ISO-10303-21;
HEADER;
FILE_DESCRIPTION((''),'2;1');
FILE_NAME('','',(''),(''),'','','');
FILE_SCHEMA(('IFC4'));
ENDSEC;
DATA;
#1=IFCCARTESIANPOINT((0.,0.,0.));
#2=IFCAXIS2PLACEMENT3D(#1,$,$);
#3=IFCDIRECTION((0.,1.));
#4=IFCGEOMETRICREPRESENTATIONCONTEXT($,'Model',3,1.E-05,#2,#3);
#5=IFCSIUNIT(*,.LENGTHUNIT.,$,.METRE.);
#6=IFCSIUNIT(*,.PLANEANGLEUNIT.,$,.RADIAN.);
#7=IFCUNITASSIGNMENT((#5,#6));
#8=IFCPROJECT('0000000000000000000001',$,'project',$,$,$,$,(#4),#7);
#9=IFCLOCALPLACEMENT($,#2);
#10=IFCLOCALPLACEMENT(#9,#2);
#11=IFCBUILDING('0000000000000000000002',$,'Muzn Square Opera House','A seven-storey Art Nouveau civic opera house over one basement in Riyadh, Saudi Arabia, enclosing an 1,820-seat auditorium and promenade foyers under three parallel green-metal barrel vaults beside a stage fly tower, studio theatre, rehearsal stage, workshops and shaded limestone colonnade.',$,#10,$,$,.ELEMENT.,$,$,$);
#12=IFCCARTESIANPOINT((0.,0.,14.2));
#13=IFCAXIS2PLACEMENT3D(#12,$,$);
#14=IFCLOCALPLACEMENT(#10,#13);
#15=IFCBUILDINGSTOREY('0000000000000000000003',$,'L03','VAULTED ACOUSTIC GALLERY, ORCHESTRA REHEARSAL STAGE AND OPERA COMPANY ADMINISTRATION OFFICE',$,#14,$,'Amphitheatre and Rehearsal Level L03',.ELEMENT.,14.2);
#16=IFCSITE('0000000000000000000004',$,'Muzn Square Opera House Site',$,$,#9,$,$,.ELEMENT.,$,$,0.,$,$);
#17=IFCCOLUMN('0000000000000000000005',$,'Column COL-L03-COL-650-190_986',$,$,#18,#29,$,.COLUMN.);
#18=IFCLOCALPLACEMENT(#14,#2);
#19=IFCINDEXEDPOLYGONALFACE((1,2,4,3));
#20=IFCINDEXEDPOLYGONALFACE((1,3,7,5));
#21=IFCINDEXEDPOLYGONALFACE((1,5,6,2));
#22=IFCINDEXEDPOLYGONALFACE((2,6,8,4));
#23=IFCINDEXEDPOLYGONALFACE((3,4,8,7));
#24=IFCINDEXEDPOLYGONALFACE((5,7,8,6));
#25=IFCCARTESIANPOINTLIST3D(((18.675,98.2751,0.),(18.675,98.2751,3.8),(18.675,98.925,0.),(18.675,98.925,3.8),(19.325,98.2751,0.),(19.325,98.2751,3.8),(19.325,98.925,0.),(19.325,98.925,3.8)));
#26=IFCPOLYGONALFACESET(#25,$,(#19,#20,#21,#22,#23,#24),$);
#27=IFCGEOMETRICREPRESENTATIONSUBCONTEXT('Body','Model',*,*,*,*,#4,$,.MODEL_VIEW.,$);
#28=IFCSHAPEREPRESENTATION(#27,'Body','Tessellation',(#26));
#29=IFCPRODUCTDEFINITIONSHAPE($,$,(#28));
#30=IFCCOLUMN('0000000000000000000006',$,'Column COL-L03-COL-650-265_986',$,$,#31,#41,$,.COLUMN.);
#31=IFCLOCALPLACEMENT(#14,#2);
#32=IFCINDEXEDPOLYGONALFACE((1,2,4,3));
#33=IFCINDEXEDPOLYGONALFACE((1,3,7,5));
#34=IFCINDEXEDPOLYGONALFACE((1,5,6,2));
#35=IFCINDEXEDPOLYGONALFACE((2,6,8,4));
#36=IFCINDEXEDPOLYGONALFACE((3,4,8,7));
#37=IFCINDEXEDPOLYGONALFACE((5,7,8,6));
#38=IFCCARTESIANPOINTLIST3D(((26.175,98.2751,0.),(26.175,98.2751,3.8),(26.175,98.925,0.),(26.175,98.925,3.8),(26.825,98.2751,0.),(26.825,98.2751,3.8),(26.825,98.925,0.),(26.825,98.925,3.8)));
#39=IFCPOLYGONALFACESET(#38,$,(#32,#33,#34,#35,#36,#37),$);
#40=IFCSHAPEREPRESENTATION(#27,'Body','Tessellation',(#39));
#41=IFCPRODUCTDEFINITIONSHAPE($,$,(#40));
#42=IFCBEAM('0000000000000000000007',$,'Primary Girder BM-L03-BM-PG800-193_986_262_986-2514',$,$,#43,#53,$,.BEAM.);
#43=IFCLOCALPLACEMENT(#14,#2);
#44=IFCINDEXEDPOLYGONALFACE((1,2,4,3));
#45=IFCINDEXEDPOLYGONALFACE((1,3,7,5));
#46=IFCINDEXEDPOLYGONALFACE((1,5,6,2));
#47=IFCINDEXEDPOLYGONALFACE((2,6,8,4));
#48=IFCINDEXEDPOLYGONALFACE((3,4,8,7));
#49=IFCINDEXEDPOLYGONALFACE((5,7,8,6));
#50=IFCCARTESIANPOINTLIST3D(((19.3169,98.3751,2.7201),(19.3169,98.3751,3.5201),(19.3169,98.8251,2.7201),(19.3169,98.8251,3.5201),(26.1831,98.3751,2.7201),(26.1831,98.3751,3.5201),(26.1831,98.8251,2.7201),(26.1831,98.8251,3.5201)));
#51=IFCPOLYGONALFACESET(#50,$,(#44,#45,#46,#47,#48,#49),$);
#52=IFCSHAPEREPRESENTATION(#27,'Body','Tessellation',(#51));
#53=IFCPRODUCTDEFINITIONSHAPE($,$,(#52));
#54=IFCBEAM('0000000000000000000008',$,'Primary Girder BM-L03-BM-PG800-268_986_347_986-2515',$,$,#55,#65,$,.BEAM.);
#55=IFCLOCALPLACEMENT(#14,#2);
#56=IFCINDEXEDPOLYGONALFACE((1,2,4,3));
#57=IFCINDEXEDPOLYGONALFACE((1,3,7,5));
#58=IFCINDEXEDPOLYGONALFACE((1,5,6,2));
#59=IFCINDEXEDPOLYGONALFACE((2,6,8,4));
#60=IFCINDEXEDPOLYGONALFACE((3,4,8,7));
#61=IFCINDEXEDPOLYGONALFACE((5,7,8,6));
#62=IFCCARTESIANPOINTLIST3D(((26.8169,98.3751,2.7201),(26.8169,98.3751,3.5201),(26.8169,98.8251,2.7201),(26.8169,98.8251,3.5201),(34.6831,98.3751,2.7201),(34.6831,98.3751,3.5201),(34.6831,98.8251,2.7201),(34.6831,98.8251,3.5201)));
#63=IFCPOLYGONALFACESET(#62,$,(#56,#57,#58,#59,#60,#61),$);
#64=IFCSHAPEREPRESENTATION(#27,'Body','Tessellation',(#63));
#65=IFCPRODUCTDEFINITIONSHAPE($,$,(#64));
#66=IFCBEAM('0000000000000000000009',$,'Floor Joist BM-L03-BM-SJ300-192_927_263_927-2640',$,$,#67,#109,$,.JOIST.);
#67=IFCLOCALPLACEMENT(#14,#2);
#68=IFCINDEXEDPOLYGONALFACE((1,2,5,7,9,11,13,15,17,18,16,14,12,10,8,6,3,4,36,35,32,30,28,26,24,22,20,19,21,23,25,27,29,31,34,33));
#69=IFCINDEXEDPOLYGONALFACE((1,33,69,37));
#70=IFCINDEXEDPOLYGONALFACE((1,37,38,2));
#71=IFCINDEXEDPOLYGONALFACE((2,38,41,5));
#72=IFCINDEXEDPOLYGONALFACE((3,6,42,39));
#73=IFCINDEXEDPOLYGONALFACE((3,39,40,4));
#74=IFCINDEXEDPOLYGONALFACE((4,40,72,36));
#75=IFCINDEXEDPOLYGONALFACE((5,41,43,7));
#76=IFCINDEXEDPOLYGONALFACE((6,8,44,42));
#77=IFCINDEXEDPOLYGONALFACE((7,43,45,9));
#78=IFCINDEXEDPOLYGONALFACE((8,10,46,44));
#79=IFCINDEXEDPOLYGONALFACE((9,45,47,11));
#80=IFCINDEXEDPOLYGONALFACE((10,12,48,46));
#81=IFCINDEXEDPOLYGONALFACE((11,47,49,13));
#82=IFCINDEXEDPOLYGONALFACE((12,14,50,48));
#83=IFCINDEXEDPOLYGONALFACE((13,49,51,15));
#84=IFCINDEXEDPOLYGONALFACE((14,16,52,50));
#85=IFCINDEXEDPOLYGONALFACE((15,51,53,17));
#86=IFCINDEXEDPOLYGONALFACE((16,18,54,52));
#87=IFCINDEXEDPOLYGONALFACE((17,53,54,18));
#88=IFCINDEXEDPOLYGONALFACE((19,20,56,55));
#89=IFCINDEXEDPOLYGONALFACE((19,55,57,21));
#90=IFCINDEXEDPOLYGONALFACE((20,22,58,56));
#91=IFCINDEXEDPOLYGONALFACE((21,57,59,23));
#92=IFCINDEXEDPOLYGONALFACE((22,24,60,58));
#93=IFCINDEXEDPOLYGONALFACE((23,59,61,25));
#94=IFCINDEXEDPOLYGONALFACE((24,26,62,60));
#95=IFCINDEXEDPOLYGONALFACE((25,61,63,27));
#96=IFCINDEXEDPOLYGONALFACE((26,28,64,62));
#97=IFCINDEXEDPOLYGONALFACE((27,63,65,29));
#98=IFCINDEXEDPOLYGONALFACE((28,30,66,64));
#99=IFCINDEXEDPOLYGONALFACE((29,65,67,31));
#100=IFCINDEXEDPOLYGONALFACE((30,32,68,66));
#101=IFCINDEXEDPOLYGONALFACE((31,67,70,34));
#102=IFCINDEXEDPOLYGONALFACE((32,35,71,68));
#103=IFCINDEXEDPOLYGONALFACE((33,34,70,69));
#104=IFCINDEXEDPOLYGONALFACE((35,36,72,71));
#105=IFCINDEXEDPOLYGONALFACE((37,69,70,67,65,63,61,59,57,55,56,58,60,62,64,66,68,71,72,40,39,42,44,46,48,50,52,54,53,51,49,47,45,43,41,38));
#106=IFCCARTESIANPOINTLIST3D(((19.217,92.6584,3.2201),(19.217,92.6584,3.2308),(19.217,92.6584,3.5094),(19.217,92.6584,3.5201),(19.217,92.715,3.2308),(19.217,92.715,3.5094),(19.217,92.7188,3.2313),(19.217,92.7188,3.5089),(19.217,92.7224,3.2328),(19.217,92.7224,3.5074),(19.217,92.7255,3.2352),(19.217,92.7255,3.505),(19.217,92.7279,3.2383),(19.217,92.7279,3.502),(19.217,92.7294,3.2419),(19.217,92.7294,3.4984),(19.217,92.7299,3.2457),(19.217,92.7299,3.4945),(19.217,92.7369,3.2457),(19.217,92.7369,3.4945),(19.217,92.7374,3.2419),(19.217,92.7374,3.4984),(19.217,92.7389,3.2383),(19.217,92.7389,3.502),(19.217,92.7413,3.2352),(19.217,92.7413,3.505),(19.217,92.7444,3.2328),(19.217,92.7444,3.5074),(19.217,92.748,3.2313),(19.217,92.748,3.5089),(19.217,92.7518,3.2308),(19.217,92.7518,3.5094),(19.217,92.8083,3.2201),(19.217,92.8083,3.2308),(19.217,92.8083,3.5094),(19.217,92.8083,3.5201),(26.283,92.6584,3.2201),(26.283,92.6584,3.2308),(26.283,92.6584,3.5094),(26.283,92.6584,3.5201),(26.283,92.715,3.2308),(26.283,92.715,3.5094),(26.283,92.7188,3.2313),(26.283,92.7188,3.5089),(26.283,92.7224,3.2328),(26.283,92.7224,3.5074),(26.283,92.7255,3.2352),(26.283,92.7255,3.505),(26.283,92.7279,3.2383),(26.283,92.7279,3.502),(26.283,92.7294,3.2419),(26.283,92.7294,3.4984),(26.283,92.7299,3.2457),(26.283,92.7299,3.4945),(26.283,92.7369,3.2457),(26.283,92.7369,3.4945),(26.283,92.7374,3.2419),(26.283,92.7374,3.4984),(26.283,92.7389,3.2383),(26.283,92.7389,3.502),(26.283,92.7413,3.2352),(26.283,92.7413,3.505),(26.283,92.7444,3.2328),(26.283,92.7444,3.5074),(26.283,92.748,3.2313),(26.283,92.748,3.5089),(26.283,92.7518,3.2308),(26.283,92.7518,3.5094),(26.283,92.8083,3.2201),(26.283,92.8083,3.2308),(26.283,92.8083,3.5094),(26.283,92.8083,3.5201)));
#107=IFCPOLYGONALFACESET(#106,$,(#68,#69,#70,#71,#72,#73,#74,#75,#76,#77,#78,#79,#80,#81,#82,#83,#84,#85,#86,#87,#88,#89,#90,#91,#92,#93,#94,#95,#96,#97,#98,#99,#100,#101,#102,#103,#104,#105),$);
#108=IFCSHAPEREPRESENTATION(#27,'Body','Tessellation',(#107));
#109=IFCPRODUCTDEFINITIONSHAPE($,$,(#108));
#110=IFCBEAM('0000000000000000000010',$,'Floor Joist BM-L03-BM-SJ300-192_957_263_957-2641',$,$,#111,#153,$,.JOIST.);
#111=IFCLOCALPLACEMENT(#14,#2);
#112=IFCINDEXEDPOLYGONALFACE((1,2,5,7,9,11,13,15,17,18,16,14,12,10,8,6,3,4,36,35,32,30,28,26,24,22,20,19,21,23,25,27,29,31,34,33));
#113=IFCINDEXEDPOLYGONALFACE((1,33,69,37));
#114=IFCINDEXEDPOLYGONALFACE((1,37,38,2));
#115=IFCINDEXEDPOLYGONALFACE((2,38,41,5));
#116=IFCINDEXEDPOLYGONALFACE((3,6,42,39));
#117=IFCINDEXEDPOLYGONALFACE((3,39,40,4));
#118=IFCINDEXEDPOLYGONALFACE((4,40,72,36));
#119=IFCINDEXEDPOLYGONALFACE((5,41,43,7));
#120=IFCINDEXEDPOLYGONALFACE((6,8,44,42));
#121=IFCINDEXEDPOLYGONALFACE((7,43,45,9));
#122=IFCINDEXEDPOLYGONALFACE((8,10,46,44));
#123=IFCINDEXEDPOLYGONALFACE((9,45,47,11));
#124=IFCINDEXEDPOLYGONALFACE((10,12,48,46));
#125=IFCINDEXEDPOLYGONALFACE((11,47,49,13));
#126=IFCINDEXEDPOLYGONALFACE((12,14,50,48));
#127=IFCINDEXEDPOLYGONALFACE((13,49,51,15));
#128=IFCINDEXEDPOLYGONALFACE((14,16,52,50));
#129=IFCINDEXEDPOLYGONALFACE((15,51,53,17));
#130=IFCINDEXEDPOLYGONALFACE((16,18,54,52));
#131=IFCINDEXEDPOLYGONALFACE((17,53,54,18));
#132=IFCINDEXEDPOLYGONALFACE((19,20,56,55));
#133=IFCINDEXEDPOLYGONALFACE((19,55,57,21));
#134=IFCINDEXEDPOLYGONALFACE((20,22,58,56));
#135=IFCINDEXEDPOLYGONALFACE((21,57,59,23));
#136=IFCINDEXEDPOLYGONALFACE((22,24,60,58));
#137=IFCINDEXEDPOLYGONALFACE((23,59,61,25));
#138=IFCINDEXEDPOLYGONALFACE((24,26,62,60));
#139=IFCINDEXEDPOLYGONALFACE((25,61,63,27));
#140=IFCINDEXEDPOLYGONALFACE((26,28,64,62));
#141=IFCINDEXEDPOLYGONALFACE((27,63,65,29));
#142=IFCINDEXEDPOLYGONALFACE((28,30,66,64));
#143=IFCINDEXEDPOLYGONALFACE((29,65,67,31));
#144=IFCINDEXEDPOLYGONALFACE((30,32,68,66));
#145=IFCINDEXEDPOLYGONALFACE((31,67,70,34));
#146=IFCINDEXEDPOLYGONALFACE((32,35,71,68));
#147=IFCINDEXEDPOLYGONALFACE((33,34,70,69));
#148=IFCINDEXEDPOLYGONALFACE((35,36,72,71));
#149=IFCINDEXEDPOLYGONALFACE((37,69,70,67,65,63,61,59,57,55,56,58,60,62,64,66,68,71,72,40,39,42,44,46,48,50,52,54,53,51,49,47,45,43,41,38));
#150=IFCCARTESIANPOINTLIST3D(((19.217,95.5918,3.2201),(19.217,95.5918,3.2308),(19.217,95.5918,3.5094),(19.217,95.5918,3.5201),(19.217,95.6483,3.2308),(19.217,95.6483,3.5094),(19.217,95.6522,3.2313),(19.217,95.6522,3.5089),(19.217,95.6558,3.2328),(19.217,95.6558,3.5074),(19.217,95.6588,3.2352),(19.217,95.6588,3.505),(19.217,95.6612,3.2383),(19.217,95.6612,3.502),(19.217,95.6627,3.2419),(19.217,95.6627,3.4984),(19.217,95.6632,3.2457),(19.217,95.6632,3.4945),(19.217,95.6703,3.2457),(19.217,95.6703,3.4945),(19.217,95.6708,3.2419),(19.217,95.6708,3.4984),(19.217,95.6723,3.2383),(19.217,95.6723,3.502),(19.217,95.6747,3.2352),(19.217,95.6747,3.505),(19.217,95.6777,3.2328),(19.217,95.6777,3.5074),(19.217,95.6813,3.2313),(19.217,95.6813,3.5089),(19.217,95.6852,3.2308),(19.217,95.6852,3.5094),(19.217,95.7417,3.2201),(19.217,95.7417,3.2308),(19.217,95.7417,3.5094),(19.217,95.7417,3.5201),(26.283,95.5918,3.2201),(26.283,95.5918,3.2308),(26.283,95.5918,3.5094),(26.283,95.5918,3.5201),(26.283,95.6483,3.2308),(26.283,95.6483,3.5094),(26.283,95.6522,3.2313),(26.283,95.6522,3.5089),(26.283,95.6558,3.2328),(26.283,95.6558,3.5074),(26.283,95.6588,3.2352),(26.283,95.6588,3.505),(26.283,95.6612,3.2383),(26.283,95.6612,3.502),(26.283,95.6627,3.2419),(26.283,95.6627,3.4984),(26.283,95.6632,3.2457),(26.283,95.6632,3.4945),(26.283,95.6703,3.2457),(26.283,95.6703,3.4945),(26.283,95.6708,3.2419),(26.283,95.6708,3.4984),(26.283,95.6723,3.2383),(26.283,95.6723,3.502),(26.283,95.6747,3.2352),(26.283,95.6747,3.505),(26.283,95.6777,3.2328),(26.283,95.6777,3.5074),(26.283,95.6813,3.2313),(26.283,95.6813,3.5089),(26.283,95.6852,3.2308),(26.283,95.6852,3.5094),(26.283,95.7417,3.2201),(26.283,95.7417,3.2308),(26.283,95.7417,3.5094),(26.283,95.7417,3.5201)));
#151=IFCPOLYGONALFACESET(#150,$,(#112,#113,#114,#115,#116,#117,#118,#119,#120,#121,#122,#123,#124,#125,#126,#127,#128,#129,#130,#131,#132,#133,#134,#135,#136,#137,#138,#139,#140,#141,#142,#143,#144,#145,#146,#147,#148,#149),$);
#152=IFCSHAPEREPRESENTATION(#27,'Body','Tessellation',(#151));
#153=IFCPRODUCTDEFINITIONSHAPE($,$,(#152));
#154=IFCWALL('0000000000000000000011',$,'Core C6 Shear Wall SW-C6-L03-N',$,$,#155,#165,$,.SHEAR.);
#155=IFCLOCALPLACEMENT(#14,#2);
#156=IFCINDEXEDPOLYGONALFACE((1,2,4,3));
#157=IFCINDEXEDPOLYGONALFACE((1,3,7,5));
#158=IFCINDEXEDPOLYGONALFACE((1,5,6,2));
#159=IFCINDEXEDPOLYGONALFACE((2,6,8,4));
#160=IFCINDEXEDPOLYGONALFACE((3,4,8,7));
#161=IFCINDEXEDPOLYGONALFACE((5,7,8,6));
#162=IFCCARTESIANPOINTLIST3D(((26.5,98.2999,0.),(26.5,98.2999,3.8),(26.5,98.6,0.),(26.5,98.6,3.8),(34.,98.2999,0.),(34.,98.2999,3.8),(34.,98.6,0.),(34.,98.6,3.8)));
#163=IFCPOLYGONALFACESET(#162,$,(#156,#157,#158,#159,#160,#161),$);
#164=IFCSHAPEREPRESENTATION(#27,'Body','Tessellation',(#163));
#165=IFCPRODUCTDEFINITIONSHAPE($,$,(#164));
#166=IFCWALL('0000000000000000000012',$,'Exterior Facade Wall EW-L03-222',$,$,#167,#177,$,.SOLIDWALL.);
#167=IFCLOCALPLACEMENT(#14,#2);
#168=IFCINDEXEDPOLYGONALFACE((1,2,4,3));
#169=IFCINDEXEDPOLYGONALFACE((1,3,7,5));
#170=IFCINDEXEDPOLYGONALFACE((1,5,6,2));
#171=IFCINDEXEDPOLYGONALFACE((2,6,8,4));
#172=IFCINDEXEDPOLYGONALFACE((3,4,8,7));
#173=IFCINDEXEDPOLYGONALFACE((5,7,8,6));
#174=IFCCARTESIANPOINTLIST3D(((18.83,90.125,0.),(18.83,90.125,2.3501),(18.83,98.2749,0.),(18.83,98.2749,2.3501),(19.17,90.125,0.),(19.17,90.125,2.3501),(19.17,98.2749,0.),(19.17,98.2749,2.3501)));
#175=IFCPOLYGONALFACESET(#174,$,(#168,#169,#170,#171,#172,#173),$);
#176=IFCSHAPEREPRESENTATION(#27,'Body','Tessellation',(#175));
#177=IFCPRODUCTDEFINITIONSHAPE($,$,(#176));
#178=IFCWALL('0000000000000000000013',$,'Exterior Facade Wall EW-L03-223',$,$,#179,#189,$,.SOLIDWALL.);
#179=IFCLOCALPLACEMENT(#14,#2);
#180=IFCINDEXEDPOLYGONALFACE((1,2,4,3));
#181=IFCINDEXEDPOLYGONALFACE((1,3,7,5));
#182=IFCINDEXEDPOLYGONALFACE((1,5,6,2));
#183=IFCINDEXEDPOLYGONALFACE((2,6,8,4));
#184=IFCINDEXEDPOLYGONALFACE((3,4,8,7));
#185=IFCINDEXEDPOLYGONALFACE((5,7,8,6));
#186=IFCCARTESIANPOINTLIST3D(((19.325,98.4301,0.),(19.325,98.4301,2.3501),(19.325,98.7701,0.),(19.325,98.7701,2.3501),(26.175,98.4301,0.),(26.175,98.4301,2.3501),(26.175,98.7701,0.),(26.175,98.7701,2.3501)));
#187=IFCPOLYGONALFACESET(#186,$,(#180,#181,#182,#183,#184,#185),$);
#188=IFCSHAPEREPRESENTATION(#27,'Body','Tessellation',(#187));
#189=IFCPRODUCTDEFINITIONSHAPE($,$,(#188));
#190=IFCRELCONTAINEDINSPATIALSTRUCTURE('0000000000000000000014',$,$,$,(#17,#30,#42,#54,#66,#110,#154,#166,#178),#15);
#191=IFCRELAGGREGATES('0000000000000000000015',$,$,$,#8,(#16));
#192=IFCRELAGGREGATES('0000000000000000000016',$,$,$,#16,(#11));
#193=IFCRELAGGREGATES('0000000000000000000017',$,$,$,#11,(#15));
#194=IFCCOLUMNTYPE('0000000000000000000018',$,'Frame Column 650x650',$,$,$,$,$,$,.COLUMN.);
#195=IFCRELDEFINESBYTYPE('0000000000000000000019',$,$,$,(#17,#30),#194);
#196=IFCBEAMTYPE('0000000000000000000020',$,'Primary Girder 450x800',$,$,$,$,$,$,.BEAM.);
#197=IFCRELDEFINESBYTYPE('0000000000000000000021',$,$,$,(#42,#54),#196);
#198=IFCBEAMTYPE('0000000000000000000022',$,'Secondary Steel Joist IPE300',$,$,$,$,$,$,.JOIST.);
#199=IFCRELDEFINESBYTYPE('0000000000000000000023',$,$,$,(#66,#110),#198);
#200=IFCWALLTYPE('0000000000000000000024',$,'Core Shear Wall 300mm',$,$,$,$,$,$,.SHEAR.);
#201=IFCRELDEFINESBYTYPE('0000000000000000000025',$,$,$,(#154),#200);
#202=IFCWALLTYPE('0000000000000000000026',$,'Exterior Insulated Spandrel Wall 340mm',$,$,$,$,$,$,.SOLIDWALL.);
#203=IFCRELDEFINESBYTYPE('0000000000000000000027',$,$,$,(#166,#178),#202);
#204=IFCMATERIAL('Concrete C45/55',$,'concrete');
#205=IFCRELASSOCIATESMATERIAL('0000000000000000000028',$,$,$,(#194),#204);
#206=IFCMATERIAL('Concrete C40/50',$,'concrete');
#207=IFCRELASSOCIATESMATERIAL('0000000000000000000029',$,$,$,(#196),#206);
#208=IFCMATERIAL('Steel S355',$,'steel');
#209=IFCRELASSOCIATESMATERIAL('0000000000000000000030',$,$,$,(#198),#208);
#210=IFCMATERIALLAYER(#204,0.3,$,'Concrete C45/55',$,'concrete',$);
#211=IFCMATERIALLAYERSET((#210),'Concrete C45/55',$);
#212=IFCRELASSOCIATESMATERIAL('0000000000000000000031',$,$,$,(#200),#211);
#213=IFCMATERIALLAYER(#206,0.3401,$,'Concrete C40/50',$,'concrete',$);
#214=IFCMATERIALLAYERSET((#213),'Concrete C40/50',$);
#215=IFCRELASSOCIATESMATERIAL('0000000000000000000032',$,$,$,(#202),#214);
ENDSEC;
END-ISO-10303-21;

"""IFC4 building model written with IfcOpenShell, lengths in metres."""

from ifc_helpers import new_model, si_unit, direction, frame, frame_2d, origin, origin_2d, place, context, subcontext, project, spatial, rectangle, i_section, extrude, material, layer, layer_set, material_profile, profile_set, type_object, element, save


model = new_model("IFC4")

# Units and contexts
model_context = context("Model", 3, precision=1e-05, world=origin(), true_north=direction((0.0, 1.0)))
body_context = subcontext(model_context, "Body", "Model", "MODEL_VIEW")
ifc_project = project(units=[si_unit("LENGTHUNIT", "METRE"), si_unit("PLANEANGLEUNIT", "RADIAN")], contexts=[model_context])

# Site, building, storey
site_placement = place(None, origin())
site = spatial("IfcSite", under=ifc_project, at=site_placement, Name="Muzn Square Opera House Site", CompositionType="ELEMENT", RefElevation=0.0)
building_placement = place(site_placement, origin())
building = spatial("IfcBuilding", under=site, at=building_placement, Name="Muzn Square Opera House", Description="A seven-storey Art Nouveau civic opera house over one basement in Riyadh, Saudi Arabia, enclosing an 1,820-seat auditorium and promenade foyers under three parallel green-metal barrel vaults beside a stage fly tower, studio theatre, rehearsal stage, workshops and shaded limestone colonnade.", CompositionType="ELEMENT")
storey_placement = place(building_placement, frame((0.0, 0.0, 14.2)))
storey = spatial("IfcBuildingStorey", under=building, at=storey_placement, Name="L03", Description="VAULTED ACOUSTIC GALLERY, ORCHESTRA REHEARSAL STAGE AND OPERA COMPANY ADMINISTRATION OFFICE", LongName="Amphitheatre and Rehearsal Level L03", CompositionType="ELEMENT", Elevation=14.2)

# Columns
ifc_material_1 = material(Name="Concrete C45/55", Category="concrete")
ifc_material_profile_1 = material_profile(ifc_material_1, rectangle(XDim=0.6499, YDim=0.6499, at=origin_2d()), Name="RC 650x650", Category="concrete")
ifc_profile_set_1 = profile_set([ifc_material_profile_1], Name="Concrete C45/55")
column_type = type_object("IfcColumnType", Name="Frame Column 650x650", PredefinedType="COLUMN", material=ifc_profile_set_1)
for number, where, z_axis, x_axis, name in (
    (1, (19.0, 98.6001, 0.0), (0.0, 0.0, 1.0), (1.0, 0.0, 0.0), "Column COL-L03-COL-650-190_986"),
    (2, (26.5, 98.6001, 0.0), (0.0, 0.0, 1.0), (1.0, 0.0, 0.0), "Column COL-L03-COL-650-265_986"),
):
    element("IfcColumn", number, at=place(storey_placement, frame(where, z_axis=z_axis, x_axis=x_axis)), inside=storey, type_object=column_type, Name=name, PredefinedType="COLUMN", context=body_context, shape_type="SweptSolid", body=[
        extrude(rectangle(XDim=0.6499, YDim=0.6499, at=origin_2d()), origin(), (0.0, 0.0, 1.0), 3.8),
    ])

# Beams
ifc_material_2 = material(Name="Concrete C40/50", Category="concrete")
ifc_material_profile_2 = material_profile(ifc_material_2, rectangle(XDim=0.45, YDim=0.8, at=origin_2d()), Name="RCB 450x800", Category="concrete")
ifc_profile_set_2 = profile_set([ifc_material_profile_2], Name="Concrete C40/50")
beam_type_1 = type_object("IfcBeamType", Name="Primary Girder 450x800", PredefinedType="BEAM", material=ifc_profile_set_2)
beam_1_placement = place(storey_placement, frame((19.3169, 98.6001, 3.1201), z_axis=(1.0, 0.0, 0.0), x_axis=(0.0, 1.0, 0.0)))
element("IfcBeam", 3, at=beam_1_placement, inside=storey, type_object=beam_type_1, Name="Primary Girder BM-L03-BM-PG800-193_986_262_986-2514", PredefinedType="BEAM", context=body_context, shape_type="SweptSolid", body=[
    extrude(rectangle(XDim=0.45, YDim=0.8, at=origin_2d()), origin(), (0.0, 0.0, 1.0), 6.8662),
])
beam_2_placement = place(storey_placement, frame((26.8169, 98.6001, 3.1201), z_axis=(1.0, 0.0, 0.0), x_axis=(0.0, 1.0, 0.0)))
element("IfcBeam", 4, at=beam_2_placement, inside=storey, type_object=beam_type_1, Name="Primary Girder BM-L03-BM-PG800-268_986_347_986-2515", PredefinedType="BEAM", context=body_context, shape_type="SweptSolid", body=[
    extrude(rectangle(XDim=0.45, YDim=0.8, at=origin_2d()), origin(), (0.0, 0.0, 1.0), 7.8662),
])
ifc_material_3 = material(Name="Steel S355", Category="steel")
ifc_material_profile_3 = material_profile(ifc_material_3, i_section(OverallWidth=0.1499, OverallDepth=0.3, WebThickness=0.0071, FlangeThickness=0.0107, FilletRadius=0.0149, at=origin_2d()), Name="IPE 300", Category="steel")
ifc_profile_set_3 = profile_set([ifc_material_profile_3], Name="Steel S355")
beam_type_2 = type_object("IfcBeamType", Name="Secondary Steel Joist IPE300", PredefinedType="JOIST", material=ifc_profile_set_3)
for number, where, z_axis, x_axis, name in (
    (5, (19.217, 92.7334, 3.3701), (1.0, 0.0, 0.0), (0.0, 1.0, 0.0), "Floor Joist BM-L03-BM-SJ300-192_927_263_927-2640"),
    (6, (19.217, 95.6667, 3.3701), (1.0, 0.0, 0.0), (0.0, 1.0, 0.0), "Floor Joist BM-L03-BM-SJ300-192_957_263_957-2641"),
):
    element("IfcBeam", number, at=place(storey_placement, frame(where, z_axis=z_axis, x_axis=x_axis)), inside=storey, type_object=beam_type_2, Name=name, PredefinedType="JOIST", context=body_context, shape_type="SweptSolid", body=[
        extrude(i_section(OverallWidth=0.1499, OverallDepth=0.3, WebThickness=0.0071, FlangeThickness=0.0107, FilletRadius=0.0149, at=origin_2d()), origin(), (0.0, 0.0, 1.0), 7.0659),
    ])

# Walls
ifc_layer_1 = layer(ifc_material_1, 0.3, Name="Concrete C45/55", Category="concrete")
ifc_layer_set_1 = layer_set([ifc_layer_1], Name="Concrete C45/55")
wall_type_1 = type_object("IfcWallType", Name="Core Shear Wall 300mm", PredefinedType="SHEAR", material=ifc_layer_set_1)
wall_1_placement = place(storey_placement, frame((26.5, 98.45, 0.0), z_axis=(0.0, 0.0, 1.0), x_axis=(1.0, 0.0, 0.0)))
element("IfcWall", 7, at=wall_1_placement, inside=storey, type_object=wall_type_1, Name="Core C6 Shear Wall SW-C6-L03-N", PredefinedType="SHEAR", context=body_context, shape_type="SweptSolid", body=[
    extrude(rectangle(XDim=7.5, YDim=0.3, at=frame_2d((3.75, 0.0))), origin(), (0.0, 0.0, 1.0), 3.8),
])
ifc_layer_2 = layer(ifc_material_2, 0.3401, Name="Concrete C40/50", Category="concrete")
ifc_layer_set_2 = layer_set([ifc_layer_2], Name="Concrete C40/50")
wall_type_2 = type_object("IfcWallType", Name="Exterior Insulated Spandrel Wall 340mm", PredefinedType="SOLIDWALL", material=ifc_layer_set_2)
wall_2_placement = place(storey_placement, frame((19.0, 90.125, 0.0), z_axis=(0.0, 0.0, 1.0), x_axis=(0.0, 1.0, 0.0)))
element("IfcWall", 8, at=wall_2_placement, inside=storey, type_object=wall_type_2, Name="Exterior Facade Wall EW-L03-222", PredefinedType="SOLIDWALL", context=body_context, shape_type="SweptSolid", body=[
    extrude(rectangle(XDim=8.1499, YDim=0.3401, at=frame_2d((4.075, 0.0))), origin(), (0.0, 0.0, 1.0), 2.3501),
])
wall_3_placement = place(storey_placement, frame((19.325, 98.6001, 0.0), z_axis=(0.0, 0.0, 1.0), x_axis=(1.0, 0.0, 0.0)))
element("IfcWall", 9, at=wall_3_placement, inside=storey, type_object=wall_type_2, Name="Exterior Facade Wall EW-L03-223", PredefinedType="SOLIDWALL", context=body_context, shape_type="SweptSolid", body=[
    extrude(rectangle(XDim=6.8501, YDim=0.3401, at=frame_2d((3.425, 0.0))), origin(), (0.0, 0.0, 1.0), 2.3501),
])

save(model, "model.ifc")
